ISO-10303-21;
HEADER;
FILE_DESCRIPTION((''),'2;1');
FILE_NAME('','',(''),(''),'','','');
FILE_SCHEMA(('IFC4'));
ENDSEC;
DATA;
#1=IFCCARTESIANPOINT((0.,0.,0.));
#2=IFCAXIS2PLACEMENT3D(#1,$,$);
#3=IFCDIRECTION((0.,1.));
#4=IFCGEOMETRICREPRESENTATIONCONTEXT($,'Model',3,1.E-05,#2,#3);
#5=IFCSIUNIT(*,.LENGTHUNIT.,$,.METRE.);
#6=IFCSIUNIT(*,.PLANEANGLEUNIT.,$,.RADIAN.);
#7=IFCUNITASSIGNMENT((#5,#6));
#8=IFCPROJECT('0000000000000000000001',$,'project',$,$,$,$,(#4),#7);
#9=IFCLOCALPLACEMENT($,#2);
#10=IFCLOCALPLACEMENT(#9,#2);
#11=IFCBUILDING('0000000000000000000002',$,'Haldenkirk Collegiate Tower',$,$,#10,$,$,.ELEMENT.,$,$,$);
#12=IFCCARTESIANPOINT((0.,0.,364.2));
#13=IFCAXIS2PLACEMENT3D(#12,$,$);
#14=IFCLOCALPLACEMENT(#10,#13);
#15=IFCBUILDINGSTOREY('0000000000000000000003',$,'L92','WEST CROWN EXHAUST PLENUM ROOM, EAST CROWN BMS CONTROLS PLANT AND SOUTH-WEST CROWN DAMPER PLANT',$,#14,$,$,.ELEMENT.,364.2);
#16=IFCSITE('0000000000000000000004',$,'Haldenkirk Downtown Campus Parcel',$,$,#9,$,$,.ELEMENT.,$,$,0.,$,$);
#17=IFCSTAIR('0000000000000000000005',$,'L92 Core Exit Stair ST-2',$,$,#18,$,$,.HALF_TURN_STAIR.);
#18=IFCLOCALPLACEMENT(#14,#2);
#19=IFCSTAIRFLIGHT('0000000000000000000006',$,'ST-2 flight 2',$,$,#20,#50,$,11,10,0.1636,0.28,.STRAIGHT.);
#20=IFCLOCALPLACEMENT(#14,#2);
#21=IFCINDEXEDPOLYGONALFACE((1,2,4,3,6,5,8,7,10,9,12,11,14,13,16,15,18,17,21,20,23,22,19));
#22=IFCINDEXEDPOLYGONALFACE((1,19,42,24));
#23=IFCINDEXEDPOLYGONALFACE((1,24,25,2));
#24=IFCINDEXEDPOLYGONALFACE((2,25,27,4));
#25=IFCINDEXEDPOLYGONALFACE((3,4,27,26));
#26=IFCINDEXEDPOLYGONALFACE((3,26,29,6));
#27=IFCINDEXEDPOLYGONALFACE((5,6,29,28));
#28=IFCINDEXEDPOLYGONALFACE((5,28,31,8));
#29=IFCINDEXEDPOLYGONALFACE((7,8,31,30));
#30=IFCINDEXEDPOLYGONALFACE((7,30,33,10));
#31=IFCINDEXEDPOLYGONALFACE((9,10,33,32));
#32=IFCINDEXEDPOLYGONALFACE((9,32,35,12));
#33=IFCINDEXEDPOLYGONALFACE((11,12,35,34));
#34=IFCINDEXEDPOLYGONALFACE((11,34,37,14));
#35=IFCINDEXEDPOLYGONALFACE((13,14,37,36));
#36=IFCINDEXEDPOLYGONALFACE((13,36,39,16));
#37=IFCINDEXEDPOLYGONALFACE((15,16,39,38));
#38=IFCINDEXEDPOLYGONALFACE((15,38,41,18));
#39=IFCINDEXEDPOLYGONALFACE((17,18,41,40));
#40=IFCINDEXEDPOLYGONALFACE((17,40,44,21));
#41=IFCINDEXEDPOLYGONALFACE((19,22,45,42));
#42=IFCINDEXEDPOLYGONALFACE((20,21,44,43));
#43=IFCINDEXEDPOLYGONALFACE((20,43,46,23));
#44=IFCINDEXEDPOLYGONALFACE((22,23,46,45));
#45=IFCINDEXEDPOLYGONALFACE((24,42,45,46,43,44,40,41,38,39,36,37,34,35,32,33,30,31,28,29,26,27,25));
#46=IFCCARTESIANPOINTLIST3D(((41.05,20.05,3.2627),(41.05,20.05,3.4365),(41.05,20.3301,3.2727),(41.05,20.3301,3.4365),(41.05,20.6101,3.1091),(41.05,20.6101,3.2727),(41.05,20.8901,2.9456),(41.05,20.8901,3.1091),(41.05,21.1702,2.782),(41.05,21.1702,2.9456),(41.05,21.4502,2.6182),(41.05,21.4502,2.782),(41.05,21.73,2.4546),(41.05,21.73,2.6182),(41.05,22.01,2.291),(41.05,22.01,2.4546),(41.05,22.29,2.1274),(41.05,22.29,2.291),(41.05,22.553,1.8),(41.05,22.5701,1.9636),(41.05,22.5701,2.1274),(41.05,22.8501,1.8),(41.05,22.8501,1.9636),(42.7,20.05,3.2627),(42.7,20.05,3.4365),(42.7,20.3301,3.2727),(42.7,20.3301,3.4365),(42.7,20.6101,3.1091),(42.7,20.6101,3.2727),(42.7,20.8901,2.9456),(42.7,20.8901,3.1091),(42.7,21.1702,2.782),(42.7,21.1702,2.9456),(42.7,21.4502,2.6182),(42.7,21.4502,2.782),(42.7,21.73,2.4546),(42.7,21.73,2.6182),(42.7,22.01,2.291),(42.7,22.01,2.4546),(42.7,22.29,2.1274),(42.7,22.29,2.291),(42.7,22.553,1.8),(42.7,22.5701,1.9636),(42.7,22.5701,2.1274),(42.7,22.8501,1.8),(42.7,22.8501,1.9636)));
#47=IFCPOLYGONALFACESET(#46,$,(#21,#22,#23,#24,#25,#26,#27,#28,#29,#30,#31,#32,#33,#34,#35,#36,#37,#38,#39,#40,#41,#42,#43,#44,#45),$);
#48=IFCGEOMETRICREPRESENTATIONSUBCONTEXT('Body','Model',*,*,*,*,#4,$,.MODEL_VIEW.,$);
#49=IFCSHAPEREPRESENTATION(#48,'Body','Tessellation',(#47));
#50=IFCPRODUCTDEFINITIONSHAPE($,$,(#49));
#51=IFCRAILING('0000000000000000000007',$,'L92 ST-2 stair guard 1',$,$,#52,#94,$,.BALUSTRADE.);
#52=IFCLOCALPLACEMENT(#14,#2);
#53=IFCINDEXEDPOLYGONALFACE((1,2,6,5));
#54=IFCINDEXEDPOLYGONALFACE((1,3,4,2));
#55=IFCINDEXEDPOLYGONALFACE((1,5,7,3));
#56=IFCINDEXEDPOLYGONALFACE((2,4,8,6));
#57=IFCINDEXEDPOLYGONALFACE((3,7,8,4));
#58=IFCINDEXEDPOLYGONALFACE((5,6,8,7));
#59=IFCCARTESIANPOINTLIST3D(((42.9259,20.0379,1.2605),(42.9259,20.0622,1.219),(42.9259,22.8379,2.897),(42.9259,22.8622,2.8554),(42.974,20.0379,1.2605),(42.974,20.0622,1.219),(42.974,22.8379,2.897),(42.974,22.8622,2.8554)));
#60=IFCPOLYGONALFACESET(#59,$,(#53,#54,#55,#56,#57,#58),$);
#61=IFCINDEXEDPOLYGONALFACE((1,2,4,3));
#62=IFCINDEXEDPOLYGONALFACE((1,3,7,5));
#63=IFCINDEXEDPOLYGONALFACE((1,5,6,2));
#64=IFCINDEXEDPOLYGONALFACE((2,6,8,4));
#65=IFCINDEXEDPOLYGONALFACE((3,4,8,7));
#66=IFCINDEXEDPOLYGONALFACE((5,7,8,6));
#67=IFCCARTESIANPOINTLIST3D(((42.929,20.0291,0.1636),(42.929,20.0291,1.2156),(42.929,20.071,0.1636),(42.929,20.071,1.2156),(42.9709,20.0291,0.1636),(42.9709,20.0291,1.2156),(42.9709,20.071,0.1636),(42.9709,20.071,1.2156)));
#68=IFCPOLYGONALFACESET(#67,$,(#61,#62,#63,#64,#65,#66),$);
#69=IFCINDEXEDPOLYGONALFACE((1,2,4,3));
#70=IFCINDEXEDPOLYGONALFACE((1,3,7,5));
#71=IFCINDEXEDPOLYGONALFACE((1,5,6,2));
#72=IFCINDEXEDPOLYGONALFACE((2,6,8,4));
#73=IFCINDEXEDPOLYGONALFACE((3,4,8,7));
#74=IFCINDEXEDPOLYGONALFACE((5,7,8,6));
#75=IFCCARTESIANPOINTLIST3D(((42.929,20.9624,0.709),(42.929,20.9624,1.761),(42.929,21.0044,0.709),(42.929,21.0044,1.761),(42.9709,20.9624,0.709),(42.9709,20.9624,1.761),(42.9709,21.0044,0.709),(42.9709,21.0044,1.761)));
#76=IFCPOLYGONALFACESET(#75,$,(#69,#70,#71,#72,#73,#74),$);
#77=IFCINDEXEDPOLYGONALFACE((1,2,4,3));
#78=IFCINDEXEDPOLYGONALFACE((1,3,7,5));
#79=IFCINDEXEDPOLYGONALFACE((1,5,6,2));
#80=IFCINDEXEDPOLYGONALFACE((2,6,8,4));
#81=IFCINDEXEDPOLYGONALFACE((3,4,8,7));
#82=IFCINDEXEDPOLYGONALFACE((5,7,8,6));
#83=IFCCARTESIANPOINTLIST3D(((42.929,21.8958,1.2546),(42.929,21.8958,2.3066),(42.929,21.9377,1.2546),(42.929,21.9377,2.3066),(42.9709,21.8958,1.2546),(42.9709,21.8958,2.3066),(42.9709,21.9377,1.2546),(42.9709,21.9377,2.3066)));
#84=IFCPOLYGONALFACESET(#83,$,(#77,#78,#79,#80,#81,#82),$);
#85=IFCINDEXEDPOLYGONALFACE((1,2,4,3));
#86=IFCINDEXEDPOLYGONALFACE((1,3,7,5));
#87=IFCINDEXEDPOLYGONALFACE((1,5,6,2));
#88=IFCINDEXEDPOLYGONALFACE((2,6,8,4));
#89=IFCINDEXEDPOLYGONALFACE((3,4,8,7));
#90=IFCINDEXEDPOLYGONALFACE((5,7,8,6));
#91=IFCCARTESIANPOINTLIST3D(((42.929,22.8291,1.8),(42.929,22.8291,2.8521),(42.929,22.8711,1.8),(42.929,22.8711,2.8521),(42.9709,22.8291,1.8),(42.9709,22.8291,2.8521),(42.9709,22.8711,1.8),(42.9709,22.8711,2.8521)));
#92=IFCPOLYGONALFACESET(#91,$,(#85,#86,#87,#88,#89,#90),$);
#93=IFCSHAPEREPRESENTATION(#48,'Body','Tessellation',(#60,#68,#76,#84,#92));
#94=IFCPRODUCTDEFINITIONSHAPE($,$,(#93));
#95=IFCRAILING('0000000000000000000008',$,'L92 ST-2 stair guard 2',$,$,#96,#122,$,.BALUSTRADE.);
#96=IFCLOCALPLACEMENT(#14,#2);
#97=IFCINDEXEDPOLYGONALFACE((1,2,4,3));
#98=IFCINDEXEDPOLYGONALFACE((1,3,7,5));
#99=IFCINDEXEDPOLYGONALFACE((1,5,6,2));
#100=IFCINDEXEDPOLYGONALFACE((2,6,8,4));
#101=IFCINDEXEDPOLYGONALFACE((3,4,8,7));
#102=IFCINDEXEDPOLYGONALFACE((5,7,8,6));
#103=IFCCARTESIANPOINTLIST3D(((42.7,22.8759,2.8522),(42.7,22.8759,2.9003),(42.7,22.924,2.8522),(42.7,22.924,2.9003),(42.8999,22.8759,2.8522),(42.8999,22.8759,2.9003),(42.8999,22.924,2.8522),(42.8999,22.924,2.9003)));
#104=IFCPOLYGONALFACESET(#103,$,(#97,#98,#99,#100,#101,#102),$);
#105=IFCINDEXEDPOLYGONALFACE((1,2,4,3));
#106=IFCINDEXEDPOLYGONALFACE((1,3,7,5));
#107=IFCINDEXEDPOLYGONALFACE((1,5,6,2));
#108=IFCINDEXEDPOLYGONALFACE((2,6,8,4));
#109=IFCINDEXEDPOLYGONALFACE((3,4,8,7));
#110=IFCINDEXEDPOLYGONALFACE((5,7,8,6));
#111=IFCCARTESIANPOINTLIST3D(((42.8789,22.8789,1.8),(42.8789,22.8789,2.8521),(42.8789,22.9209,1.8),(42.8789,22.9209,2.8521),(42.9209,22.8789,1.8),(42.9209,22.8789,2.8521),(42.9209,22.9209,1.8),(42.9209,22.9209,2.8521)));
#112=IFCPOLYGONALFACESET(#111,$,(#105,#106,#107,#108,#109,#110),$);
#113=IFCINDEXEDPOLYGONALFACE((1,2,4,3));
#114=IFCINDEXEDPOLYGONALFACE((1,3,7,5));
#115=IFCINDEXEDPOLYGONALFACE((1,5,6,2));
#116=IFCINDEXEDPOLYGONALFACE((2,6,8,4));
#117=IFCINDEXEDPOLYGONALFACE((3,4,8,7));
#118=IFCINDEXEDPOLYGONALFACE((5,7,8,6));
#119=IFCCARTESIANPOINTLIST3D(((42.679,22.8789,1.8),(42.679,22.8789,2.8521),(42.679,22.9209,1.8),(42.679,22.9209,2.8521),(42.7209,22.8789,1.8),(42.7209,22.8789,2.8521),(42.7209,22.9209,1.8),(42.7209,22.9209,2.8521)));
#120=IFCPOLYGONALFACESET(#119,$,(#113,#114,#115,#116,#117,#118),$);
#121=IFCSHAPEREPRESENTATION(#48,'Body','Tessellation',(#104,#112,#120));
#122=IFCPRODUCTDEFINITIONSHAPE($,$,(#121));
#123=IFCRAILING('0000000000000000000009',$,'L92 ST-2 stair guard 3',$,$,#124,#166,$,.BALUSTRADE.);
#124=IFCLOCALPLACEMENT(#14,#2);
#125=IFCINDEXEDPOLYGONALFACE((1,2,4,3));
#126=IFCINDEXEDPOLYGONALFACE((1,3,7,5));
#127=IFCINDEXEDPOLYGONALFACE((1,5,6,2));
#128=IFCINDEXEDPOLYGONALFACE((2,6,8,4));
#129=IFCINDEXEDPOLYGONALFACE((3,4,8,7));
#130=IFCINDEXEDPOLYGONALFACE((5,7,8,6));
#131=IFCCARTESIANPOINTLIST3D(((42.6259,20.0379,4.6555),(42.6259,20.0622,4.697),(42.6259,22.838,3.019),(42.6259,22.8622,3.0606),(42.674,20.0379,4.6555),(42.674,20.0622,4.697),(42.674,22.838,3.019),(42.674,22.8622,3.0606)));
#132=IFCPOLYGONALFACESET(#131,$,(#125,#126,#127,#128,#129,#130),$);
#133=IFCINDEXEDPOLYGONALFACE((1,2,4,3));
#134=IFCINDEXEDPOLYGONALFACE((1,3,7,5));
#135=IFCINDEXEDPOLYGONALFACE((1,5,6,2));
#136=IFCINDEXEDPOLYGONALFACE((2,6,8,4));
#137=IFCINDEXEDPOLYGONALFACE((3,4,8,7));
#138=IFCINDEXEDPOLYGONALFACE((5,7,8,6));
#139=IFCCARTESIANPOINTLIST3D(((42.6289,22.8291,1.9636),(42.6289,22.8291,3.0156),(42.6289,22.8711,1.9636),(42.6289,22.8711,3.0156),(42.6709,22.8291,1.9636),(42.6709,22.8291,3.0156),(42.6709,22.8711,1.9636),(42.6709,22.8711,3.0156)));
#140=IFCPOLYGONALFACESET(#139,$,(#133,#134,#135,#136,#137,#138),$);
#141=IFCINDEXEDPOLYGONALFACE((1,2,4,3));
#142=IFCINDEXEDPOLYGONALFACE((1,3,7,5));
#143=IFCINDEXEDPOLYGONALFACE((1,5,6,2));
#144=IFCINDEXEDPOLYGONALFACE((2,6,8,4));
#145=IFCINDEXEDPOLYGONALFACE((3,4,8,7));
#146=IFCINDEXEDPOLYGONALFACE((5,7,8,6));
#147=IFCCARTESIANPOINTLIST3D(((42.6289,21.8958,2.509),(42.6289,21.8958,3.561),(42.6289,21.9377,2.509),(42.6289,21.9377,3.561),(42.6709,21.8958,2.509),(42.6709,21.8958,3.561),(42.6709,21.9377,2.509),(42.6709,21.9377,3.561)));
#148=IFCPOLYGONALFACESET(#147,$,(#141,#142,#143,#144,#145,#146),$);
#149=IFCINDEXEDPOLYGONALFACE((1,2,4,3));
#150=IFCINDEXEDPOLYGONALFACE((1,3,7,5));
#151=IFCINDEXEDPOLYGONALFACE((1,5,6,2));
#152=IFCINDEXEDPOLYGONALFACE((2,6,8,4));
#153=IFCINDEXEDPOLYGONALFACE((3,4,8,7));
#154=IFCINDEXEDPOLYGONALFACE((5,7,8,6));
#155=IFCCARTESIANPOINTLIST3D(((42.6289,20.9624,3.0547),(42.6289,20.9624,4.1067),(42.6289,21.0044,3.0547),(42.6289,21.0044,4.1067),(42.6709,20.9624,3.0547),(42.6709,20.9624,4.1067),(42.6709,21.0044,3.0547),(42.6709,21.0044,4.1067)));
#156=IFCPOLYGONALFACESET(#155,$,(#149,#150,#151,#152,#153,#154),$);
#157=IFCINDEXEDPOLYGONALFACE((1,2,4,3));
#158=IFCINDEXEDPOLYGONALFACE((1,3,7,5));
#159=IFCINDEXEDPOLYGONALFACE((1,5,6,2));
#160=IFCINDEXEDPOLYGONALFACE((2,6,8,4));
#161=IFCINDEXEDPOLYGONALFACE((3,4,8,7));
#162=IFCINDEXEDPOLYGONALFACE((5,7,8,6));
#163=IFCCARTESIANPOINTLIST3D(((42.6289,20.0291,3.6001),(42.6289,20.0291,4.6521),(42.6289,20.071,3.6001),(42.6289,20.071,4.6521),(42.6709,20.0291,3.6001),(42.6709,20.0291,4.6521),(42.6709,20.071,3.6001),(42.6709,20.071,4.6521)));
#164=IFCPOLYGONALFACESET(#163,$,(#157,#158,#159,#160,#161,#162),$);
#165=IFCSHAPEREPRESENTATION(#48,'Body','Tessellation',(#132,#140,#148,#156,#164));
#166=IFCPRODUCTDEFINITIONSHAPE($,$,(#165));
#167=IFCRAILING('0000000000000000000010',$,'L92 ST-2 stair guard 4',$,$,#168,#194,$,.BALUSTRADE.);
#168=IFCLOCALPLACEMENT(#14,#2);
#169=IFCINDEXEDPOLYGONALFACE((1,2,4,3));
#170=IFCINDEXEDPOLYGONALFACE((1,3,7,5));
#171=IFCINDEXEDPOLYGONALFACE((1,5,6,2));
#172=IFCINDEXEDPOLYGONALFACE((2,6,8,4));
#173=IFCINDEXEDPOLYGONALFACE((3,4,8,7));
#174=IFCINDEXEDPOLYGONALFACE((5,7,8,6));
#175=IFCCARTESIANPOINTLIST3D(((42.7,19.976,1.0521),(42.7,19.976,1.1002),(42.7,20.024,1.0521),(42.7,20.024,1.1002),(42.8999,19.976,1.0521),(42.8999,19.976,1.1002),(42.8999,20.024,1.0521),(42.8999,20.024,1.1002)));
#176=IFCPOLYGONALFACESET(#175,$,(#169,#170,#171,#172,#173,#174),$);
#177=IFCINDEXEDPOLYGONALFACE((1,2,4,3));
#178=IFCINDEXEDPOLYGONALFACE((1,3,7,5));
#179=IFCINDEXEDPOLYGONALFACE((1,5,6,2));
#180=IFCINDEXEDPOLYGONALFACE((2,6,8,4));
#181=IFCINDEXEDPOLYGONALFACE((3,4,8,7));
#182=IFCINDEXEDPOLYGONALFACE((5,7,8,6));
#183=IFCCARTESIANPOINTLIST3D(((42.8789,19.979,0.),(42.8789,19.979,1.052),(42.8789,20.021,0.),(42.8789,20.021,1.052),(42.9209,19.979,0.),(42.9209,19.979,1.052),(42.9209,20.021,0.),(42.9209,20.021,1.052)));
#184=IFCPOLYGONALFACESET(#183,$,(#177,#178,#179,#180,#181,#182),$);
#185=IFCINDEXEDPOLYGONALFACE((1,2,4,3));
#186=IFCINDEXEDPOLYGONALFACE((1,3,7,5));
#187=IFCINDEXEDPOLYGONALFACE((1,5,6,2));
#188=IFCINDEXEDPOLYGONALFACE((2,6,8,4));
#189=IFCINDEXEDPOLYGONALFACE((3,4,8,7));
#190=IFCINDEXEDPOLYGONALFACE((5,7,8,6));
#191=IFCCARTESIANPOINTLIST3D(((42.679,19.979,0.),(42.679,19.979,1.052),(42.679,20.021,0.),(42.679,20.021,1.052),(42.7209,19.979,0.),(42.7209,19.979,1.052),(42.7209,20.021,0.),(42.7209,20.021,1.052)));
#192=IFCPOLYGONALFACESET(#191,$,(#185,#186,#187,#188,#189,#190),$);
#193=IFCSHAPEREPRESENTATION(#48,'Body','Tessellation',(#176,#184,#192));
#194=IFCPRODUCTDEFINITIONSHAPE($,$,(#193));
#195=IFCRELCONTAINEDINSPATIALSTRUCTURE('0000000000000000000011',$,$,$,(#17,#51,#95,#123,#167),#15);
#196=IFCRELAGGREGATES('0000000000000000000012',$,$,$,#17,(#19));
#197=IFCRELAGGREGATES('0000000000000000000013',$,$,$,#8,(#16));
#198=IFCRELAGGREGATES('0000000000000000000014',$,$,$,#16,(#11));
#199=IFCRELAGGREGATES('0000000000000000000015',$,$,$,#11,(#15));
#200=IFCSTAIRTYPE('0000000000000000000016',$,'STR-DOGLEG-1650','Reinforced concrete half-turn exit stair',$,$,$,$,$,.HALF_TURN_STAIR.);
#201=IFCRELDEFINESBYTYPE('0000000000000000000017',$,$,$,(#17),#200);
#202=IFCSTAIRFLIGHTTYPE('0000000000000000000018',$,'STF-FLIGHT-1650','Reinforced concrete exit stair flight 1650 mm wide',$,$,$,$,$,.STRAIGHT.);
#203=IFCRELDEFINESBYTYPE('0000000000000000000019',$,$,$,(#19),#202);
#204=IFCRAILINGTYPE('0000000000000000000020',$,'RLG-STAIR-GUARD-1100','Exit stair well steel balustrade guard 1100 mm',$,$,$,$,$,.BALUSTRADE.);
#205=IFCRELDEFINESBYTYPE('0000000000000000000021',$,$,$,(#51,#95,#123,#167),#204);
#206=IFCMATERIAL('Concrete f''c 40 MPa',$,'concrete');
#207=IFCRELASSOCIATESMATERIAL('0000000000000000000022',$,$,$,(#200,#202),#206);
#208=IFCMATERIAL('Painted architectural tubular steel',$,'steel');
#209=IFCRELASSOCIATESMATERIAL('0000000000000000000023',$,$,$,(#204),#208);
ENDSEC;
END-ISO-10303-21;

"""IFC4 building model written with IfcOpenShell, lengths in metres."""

from ifc_helpers import new_model, si_unit, direction, frame, origin, origin_2d, place, context, subcontext, project, spatial, polyline, rectangle, outline, extrude, material, type_object, element, aggregate, save


model = new_model("IFC4")

# Units and contexts
model_context = context("Model", 3, precision=1e-05, world=origin(), true_north=direction((0.0, 1.0)))
body_context = subcontext(model_context, "Body", "Model", "MODEL_VIEW")
ifc_project = project(units=[si_unit("LENGTHUNIT", "METRE"), si_unit("PLANEANGLEUNIT", "RADIAN")], contexts=[model_context])

# Site, building, storey
site_placement = place(None, origin())
site = spatial("IfcSite", under=ifc_project, at=site_placement, Name="Haldenkirk Downtown Campus Parcel", CompositionType="ELEMENT", RefElevation=0.0)
building_placement = place(site_placement, origin())
building = spatial("IfcBuilding", under=site, at=building_placement, Name="Haldenkirk Collegiate Tower", CompositionType="ELEMENT")
storey_placement = place(building_placement, frame((0.0, 0.0, 364.2)))
storey = spatial("IfcBuildingStorey", under=building, at=storey_placement, Name="L92", Description="WEST CROWN EXHAUST PLENUM ROOM, EAST CROWN BMS CONTROLS PLANT AND SOUTH-WEST CROWN DAMPER PLANT", CompositionType="ELEMENT", Elevation=364.2)

# Stair, stair flight
ifc_material_1 = material(Name="Concrete f'c 40 MPa", Category="concrete")
stair_type = type_object("IfcStairType", Name="STR-DOGLEG-1650", Description="Reinforced concrete half-turn exit stair", PredefinedType="HALF_TURN_STAIR", material=ifc_material_1)
stair_placement = place(storey_placement, origin())
stair = element("IfcStair", 1, at=stair_placement, inside=storey, type_object=stair_type, Name="L92 Core Exit Stair ST-2", PredefinedType="HALF_TURN_STAIR")
stair_flight_type = type_object("IfcStairFlightType", Name="STF-FLIGHT-1650", Description="Reinforced concrete exit stair flight 1650 mm wide", PredefinedType="STRAIGHT", material=ifc_material_1)
stair_flight_1_placement = place(storey_placement, frame((41.875, 22.8501, 1.8), z_axis=(0.0, 0.0, 1.0), x_axis=(0.0, -1.0, 0.0)))
stair_flight_1 = element("IfcStairFlight", 2, at=stair_flight_1_placement, type_object=stair_flight_type, Name="ST-2 flight 2", NumberOfRisers=11, NumberOfTreads=10, PredefinedType="STRAIGHT", RiserHeight=0.1636, TreadLength=0.28, context=body_context, shape_type="SweptSolid", body=[
    extrude(outline(polyline([(0.0, 0.0), (0.0, 0.1636), (0.28, 0.1636), (0.28, 0.3274), (0.5601, 0.3274), (0.5601, 0.491), (0.8401, 0.491), (0.8401, 0.6545), (1.1201, 0.6545), (1.1201, 0.8181), (1.3999, 0.8181), (1.3999, 0.9819), (1.6799, 0.9819), (1.6799, 1.1455), (1.96, 1.1455), (1.96, 1.3091), (2.24, 1.3091), (2.24, 1.4727), (2.52, 1.4727), (2.52, 1.6365), (2.8, 1.6365), (2.8, 1.8), (2.8, 1.4626), (0.2971, 0.0), (0.0, 0.0)])), frame((0.0, 0.825, 0.0), z_axis=(0.0, -1.0, 0.0), x_axis=(1.0, 0.0, 0.0)), (0.0, 0.0, 1.0), 1.6499),
])
aggregate(stair, [stair_flight_1])

# Railings
ifc_material_2 = material(Name="Painted architectural tubular steel", Category="steel")
railing_type_1 = type_object("IfcRailingType", Name="RLG-STAIR-GUARD-1100", Description="Exit stair well steel balustrade guard 1100 mm", PredefinedType="BALUSTRADE", material=ifc_material_2)
railing_1_placement = place(storey_placement, frame((42.95, 20.05, 0.1636)))
element("IfcRailing", 3, at=railing_1_placement, inside=storey, type_object=railing_type_1, Name="L92 ST-2 stair guard 1", PredefinedType="BALUSTRADE", context=body_context, shape_type="SweptSolid", body=[
    extrude(rectangle(XDim=0.0481, YDim=0.0481, at=origin_2d()), frame((0.0, 0.0, 1.0762), z_axis=(0.0, 0.863361, 0.504587), x_axis=(-1.0, 0.0, 0.0)), (0.0, 0.0, 1.0), 3.2432),
    extrude(rectangle(XDim=0.042, YDim=0.042, at=origin_2d()), origin(), (0.0, 0.0, 1.0), 1.052),
    extrude(rectangle(XDim=0.042, YDim=0.042, at=origin_2d()), frame((0.0, 0.9333, 0.5454)), (0.0, 0.0, 1.0), 1.052),
    extrude(rectangle(XDim=0.042, YDim=0.042, at=origin_2d()), frame((0.0, 1.8667, 1.0911)), (0.0, 0.0, 1.0), 1.052),
    extrude(rectangle(XDim=0.042, YDim=0.042, at=origin_2d()), frame((0.0, 2.8, 1.6365)), (0.0, 0.0, 1.0), 1.052),
])
railing_2_placement = place(storey_placement, frame((42.8999, 22.8999, 1.8)))
element("IfcRailing", 4, at=railing_2_placement, inside=storey, type_object=railing_type_1, Name="L92 ST-2 stair guard 2", PredefinedType="BALUSTRADE", context=body_context, shape_type="SweptSolid", body=[
    extrude(rectangle(XDim=0.0481, YDim=0.0481, at=origin_2d()), frame((0.0, 0.0, 1.0762), z_axis=(-1.0, 0.0, 0.0), x_axis=(0.0, -1.0, 0.0)), (0.0, 0.0, 1.0), 0.2),
    extrude(rectangle(XDim=0.042, YDim=0.042, at=origin_2d()), origin(), (0.0, 0.0, 1.0), 1.052),
    extrude(rectangle(XDim=0.042, YDim=0.042, at=origin_2d()), frame((-0.2, 0.0, 0.0)), (0.0, 0.0, 1.0), 1.052),
])
railing_3_placement = place(storey_placement, frame((42.6499, 22.8501, 1.9636)))
element("IfcRailing", 5, at=railing_3_placement, inside=storey, type_object=railing_type_1, Name="L92 ST-2 stair guard 3", PredefinedType="BALUSTRADE", context=body_context, shape_type="SweptSolid", body=[
    extrude(rectangle(XDim=0.0481, YDim=0.0481, at=origin_2d()), frame((0.0, 0.0, 1.0762), z_axis=(0.0, -0.863361, 0.504587), x_axis=(1.0, 0.0, 0.0)), (0.0, 0.0, 1.0), 3.2432),
    extrude(rectangle(XDim=0.042, YDim=0.042, at=origin_2d()), origin(), (0.0, 0.0, 1.0), 1.052),
    extrude(rectangle(XDim=0.042, YDim=0.042, at=origin_2d()), frame((0.0, -0.9333, 0.5454)), (0.0, 0.0, 1.0), 1.052),
    extrude(rectangle(XDim=0.042, YDim=0.042, at=origin_2d()), frame((0.0, -1.8667, 1.0911)), (0.0, 0.0, 1.0), 1.052),
    extrude(rectangle(XDim=0.042, YDim=0.042, at=origin_2d()), frame((0.0, -2.8, 1.6365)), (0.0, 0.0, 1.0), 1.052),
])
railing_4_placement = place(storey_placement, frame((42.8999, 20.0, 0.0)))
element("IfcRailing", 6, at=railing_4_placement, inside=storey, type_object=railing_type_1, Name="L92 ST-2 stair guard 4", PredefinedType="BALUSTRADE", context=body_context, shape_type="SweptSolid", body=[
    extrude(rectangle(XDim=0.0481, YDim=0.0481, at=origin_2d()), frame((0.0, 0.0, 1.0762), z_axis=(-1.0, 0.0, 0.0), x_axis=(0.0, -1.0, 0.0)), (0.0, 0.0, 1.0), 0.2),
    extrude(rectangle(XDim=0.042, YDim=0.042, at=origin_2d()), origin(), (0.0, 0.0, 1.0), 1.052),
    extrude(rectangle(XDim=0.042, YDim=0.042, at=origin_2d()), frame((-0.2, 0.0, 0.0)), (0.0, 0.0, 1.0), 1.052),
])

save(model, "model.ifc")
